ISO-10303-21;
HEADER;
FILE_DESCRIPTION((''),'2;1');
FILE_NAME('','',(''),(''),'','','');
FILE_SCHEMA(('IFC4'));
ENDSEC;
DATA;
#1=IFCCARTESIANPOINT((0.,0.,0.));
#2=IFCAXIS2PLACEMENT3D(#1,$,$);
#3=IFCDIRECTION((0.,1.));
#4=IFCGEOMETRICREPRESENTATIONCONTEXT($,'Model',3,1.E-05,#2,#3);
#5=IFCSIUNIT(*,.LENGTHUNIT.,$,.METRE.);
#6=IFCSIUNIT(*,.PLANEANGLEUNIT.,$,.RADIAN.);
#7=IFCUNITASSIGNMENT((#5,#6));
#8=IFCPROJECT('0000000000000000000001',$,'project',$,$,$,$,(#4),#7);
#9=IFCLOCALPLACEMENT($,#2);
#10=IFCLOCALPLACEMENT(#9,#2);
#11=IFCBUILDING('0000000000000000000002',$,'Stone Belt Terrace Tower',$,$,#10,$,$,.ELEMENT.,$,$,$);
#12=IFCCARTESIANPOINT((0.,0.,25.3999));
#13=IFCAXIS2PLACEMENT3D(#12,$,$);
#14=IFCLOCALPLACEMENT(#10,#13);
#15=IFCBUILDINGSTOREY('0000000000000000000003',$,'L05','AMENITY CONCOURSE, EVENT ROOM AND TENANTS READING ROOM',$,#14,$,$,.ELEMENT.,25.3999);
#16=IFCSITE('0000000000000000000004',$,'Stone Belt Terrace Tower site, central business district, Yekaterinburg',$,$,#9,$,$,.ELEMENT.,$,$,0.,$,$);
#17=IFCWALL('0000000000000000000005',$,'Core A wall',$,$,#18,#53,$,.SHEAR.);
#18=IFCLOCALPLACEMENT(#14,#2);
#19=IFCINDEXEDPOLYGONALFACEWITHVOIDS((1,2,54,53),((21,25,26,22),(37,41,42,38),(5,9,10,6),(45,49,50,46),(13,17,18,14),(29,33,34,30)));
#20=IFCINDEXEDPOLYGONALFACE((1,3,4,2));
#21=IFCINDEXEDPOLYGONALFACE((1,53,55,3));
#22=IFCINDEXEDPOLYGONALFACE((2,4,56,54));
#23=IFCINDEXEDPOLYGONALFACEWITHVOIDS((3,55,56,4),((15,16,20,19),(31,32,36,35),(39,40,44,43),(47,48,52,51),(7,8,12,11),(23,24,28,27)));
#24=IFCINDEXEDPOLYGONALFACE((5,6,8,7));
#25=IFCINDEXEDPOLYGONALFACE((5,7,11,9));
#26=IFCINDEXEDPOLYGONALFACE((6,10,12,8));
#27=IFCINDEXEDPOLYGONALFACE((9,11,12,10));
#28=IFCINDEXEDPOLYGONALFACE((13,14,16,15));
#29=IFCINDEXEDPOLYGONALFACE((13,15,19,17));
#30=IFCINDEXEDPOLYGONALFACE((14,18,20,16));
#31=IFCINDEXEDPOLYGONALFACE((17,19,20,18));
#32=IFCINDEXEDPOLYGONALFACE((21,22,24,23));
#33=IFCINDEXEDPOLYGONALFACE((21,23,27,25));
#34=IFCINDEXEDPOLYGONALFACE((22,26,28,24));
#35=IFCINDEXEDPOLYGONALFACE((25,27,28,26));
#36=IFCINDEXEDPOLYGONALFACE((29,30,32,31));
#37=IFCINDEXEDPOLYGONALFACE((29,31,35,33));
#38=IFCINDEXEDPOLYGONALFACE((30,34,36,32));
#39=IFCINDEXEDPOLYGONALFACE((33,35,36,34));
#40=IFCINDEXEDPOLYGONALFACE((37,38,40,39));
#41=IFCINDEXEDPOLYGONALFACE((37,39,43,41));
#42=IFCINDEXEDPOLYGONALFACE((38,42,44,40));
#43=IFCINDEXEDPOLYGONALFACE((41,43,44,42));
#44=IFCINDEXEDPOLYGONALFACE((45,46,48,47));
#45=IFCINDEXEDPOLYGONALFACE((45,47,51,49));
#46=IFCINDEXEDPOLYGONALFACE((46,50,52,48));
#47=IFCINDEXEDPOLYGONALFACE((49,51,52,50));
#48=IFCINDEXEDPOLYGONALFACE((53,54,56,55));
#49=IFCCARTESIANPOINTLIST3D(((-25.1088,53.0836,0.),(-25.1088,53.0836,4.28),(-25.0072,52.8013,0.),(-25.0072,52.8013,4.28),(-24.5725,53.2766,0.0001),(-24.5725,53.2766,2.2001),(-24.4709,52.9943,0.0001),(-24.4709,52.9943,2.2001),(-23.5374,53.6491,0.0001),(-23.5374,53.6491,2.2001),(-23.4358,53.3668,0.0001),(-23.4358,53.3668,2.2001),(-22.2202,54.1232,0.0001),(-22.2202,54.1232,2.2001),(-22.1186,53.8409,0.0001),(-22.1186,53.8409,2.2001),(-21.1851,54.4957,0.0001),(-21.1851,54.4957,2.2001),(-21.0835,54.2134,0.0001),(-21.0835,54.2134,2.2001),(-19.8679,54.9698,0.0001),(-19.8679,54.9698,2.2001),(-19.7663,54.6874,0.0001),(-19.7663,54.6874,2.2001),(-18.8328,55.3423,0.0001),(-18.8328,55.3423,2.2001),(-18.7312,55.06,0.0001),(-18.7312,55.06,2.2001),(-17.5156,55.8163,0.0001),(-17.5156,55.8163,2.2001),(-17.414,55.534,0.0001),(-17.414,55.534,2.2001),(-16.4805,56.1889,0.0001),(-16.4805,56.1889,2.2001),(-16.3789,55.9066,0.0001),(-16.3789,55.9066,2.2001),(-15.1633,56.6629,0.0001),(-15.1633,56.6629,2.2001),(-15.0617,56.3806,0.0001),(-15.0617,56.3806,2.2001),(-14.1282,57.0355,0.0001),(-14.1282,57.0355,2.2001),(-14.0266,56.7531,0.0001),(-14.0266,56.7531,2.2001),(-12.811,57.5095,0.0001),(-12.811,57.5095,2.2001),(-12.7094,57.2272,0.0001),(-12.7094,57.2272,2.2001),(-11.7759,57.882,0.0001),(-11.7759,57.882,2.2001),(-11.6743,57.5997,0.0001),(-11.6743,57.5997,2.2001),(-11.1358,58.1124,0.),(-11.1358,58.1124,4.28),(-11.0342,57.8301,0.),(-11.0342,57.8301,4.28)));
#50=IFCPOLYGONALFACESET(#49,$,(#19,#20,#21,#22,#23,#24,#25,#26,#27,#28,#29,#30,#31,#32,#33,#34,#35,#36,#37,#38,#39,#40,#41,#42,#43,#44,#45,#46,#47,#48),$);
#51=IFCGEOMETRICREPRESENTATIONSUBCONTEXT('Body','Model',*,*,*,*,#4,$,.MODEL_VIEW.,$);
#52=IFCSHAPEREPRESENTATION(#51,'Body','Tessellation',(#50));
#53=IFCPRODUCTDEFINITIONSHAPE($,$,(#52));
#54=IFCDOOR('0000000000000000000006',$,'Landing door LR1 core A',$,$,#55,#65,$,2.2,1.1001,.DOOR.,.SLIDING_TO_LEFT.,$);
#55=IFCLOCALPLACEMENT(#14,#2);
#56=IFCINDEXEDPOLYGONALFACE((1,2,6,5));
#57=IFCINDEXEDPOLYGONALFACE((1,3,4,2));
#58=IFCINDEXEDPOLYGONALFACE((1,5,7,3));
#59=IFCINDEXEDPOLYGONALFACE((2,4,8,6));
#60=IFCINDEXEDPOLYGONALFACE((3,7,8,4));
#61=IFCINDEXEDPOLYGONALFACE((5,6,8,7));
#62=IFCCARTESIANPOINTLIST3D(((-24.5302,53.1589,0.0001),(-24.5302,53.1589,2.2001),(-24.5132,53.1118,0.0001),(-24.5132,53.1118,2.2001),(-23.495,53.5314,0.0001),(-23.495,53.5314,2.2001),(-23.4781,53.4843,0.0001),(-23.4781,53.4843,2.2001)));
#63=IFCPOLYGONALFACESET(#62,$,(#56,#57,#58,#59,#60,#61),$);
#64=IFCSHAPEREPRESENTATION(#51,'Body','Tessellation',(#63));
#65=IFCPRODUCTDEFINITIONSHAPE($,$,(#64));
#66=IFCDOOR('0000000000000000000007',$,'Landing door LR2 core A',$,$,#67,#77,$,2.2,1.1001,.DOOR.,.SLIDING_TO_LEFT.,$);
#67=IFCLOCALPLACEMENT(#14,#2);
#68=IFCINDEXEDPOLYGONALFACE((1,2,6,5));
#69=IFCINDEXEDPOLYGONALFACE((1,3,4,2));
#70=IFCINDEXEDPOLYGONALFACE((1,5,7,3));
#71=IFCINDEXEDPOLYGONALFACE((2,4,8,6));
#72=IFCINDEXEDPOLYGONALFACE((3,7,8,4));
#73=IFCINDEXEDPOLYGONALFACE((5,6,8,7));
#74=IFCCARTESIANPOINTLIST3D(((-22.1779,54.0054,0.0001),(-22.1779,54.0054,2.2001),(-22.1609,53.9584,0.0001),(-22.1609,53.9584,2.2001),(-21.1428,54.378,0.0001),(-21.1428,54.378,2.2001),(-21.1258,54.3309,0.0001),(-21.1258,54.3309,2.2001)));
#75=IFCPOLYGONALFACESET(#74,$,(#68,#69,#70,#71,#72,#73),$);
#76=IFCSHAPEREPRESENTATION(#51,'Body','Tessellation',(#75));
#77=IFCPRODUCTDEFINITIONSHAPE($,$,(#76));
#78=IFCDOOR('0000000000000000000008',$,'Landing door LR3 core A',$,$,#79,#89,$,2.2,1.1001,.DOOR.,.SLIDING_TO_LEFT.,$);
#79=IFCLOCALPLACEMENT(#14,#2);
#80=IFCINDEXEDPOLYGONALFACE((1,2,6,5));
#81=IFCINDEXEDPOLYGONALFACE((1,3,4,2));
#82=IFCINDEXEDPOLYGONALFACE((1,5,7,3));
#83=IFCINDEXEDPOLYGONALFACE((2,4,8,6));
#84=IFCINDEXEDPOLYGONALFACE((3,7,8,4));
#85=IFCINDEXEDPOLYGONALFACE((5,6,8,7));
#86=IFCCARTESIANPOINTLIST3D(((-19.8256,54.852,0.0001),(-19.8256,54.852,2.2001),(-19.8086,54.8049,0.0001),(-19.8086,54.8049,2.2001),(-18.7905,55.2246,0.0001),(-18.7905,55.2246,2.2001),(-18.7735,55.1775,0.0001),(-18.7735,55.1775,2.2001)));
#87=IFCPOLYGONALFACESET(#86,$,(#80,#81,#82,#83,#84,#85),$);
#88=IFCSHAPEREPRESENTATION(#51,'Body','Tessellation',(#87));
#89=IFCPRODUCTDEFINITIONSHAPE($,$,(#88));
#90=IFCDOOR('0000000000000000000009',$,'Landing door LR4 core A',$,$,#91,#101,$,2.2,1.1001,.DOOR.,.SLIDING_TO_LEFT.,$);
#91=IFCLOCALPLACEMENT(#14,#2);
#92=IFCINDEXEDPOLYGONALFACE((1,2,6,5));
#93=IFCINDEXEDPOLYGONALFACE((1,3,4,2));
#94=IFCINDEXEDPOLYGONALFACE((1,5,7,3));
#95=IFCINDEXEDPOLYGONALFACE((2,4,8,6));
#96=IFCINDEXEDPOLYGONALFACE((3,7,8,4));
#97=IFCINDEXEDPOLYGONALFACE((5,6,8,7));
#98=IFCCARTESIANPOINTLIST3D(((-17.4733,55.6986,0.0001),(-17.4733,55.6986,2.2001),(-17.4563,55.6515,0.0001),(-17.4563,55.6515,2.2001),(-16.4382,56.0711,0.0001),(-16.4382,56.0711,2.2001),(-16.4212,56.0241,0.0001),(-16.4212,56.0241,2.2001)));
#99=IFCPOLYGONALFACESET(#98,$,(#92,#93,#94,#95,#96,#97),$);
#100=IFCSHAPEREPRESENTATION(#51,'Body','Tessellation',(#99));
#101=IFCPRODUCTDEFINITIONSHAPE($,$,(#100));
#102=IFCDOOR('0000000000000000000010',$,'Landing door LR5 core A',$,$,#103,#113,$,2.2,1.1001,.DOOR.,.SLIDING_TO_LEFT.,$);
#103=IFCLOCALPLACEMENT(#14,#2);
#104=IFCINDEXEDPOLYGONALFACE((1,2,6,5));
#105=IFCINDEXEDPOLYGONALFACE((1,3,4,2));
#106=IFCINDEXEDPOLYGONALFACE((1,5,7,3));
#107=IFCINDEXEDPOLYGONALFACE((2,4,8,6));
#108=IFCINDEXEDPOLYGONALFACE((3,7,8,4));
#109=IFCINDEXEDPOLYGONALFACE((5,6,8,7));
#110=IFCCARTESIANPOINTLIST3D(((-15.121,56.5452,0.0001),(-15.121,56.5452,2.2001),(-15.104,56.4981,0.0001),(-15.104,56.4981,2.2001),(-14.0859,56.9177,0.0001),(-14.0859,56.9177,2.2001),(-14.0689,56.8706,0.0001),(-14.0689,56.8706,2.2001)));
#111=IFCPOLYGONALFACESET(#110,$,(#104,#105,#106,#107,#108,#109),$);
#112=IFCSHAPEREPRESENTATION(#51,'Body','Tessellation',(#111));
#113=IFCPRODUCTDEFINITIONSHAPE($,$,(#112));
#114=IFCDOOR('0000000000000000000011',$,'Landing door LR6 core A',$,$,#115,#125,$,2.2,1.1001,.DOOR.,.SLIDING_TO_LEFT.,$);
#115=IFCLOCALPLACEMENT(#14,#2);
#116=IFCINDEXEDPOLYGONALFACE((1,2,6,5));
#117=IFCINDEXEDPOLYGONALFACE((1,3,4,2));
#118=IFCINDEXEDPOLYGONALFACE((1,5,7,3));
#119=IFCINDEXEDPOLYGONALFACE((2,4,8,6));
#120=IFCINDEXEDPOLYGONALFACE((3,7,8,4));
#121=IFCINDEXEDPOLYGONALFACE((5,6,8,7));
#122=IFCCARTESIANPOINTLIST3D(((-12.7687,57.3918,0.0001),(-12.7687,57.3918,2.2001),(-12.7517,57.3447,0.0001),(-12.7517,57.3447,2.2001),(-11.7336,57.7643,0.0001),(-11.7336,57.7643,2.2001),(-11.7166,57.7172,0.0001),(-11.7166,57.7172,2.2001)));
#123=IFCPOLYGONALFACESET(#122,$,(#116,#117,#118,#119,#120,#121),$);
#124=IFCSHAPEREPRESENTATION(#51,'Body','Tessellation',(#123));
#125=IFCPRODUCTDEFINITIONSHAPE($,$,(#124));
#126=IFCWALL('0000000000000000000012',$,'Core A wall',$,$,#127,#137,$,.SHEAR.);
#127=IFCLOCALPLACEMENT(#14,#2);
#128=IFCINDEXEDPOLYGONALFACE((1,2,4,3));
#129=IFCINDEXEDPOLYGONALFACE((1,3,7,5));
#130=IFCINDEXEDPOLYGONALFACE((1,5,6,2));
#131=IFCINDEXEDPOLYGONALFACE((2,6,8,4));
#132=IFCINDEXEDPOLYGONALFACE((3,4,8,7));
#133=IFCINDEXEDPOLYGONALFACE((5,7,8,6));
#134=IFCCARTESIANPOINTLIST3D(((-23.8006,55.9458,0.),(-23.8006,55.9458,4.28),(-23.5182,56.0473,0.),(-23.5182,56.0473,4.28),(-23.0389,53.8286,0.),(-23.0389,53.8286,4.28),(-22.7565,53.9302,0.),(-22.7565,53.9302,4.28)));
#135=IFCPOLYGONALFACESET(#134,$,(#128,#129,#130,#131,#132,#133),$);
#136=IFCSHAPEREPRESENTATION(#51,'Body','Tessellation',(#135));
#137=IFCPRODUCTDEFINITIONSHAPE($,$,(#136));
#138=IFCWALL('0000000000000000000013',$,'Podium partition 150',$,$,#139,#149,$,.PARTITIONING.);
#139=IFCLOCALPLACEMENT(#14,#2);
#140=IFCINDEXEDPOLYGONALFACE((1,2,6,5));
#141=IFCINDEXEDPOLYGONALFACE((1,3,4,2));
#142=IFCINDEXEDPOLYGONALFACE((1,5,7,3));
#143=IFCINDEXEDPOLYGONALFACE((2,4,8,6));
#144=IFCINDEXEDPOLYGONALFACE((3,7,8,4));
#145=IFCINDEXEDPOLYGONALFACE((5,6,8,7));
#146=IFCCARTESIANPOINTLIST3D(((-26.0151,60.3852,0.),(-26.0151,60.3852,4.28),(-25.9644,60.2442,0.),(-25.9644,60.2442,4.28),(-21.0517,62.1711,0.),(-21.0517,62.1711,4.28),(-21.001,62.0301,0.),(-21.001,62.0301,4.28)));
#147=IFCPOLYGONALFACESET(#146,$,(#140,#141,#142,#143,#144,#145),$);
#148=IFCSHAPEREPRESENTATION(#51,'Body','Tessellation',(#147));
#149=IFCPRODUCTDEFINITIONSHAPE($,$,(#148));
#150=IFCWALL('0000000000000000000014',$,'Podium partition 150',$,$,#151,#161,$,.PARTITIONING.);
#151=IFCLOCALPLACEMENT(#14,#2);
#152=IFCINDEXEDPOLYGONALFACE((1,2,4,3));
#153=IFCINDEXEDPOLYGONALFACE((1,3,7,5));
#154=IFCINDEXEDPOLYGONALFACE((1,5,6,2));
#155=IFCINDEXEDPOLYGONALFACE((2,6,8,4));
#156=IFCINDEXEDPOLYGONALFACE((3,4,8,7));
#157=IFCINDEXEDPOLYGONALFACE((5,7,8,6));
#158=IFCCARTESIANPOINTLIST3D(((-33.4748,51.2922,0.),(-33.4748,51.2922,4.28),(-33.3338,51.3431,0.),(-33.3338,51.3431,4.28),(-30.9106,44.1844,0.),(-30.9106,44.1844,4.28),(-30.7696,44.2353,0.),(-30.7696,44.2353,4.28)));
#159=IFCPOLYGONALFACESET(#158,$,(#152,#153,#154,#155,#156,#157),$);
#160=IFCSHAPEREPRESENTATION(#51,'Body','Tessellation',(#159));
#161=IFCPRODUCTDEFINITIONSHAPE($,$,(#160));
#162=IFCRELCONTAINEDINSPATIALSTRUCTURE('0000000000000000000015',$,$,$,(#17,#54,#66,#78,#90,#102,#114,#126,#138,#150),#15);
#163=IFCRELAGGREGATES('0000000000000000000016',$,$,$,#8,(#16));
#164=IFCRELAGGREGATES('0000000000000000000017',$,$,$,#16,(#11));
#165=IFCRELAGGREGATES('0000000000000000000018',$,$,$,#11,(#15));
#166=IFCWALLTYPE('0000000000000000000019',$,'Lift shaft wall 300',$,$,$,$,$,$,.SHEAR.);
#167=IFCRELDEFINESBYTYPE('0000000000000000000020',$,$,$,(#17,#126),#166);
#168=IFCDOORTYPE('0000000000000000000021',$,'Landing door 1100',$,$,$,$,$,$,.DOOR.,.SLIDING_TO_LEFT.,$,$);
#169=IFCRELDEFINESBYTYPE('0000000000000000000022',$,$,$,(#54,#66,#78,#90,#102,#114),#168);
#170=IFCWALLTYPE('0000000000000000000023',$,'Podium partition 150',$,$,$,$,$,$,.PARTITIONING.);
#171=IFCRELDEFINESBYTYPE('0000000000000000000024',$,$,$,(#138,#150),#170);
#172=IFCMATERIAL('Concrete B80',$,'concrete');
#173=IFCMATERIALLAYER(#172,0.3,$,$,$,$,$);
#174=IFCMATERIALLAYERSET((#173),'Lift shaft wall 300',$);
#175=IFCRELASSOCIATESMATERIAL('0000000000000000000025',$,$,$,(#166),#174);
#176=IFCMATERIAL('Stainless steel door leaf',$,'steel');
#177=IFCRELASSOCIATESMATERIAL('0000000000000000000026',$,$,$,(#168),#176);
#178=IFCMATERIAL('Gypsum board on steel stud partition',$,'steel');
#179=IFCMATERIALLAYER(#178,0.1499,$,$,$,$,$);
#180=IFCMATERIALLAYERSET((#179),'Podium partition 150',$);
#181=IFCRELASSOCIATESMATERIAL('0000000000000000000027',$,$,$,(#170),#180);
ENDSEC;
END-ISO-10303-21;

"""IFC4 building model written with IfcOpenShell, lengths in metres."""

from ifc_helpers import new_model, si_unit, direction, frame, frame_2d, origin, place, context, subcontext, project, spatial, rectangle, extrude, material, layer, layer_set, type_object, element, fill, save


model = new_model("IFC4")

# Units and contexts
model_context = context("Model", 3, precision=1e-05, world=origin(), true_north=direction((0.0, 1.0)))
body_context = subcontext(model_context, "Body", "Model", "MODEL_VIEW")
ifc_project = project(units=[si_unit("LENGTHUNIT", "METRE"), si_unit("PLANEANGLEUNIT", "RADIAN")], contexts=[model_context])

# Site, building, storey
site_placement = place(None, origin())
site = spatial("IfcSite", under=ifc_project, at=site_placement, Name="Stone Belt Terrace Tower site, central business district, Yekaterinburg", CompositionType="ELEMENT", RefElevation=0.0)
building_placement = place(site_placement, origin())
building = spatial("IfcBuilding", under=site, at=building_placement, Name="Stone Belt Terrace Tower", CompositionType="ELEMENT")
storey_placement = place(building_placement, frame((0.0, 0.0, 25.3999)))
storey = spatial("IfcBuildingStorey", under=building, at=storey_placement, Name="L05", Description="AMENITY CONCOURSE, EVENT ROOM AND TENANTS READING ROOM", CompositionType="ELEMENT", Elevation=25.3999)

# Shared definitions
ifc_material_1 = material(Name="Concrete B80", Category="concrete")

# Shared definitions
ifc_layer_1 = layer(ifc_material_1, 0.3)
ifc_layer_set_1 = layer_set([ifc_layer_1], Name="Lift shaft wall 300")
wall_type_1 = type_object("IfcWallType", Name="Lift shaft wall 300", PredefinedType="SHEAR", material=ifc_layer_set_1)

# Wall, openings, doors
wall_1_placement = place(storey_placement, frame((-25.0581, 52.9424, 0.0), z_axis=(0.0, 0.0, 1.0), x_axis=(0.940918, 0.338634, 0.0)))
wall_1 = element("IfcWall", 1, at=wall_1_placement, inside=storey, type_object=wall_type_1, Name="Core A wall", PredefinedType="SHEAR", context=body_context, shape_type="SweptSolid", body=[
    extrude(rectangle(XDim=14.8503, YDim=0.3, at=frame_2d((7.4253, 0.0))), origin(), (0.0, 0.0, 1.0), 4.28),
])
opening_1_placement = place(wall_1_placement, frame((0.5701, 0.0, 0.0)))
opening_1 = element("IfcOpeningElement", 2, at=opening_1_placement, cuts=wall_1, PredefinedType="OPENING", context=body_context, shape_type="SweptSolid", body=[
    extrude(rectangle(XDim=1.1001, YDim=2.2, at=frame_2d((0.55, 1.1001))), frame((0.0, 0.1599, 0.0), z_axis=(0.0, -1.0, 0.0), x_axis=(1.0, 0.0, 0.0)), (0.0, 0.0, 1.0), 0.3201),
])
opening_2_placement = place(wall_1_placement, frame((3.0701, 0.0, 0.0)))
opening_2 = element("IfcOpeningElement", 3, at=opening_2_placement, cuts=wall_1, PredefinedType="OPENING", context=body_context, shape_type="SweptSolid", body=[
    extrude(rectangle(XDim=1.1001, YDim=2.2, at=frame_2d((0.55, 1.1001))), frame((0.0, 0.1599, 0.0), z_axis=(0.0, -1.0, 0.0), x_axis=(1.0, 0.0, 0.0)), (0.0, 0.0, 1.0), 0.3201),
])
opening_3_placement = place(wall_1_placement, frame((5.5701, 0.0, 0.0)))
opening_3 = element("IfcOpeningElement", 4, at=opening_3_placement, cuts=wall_1, PredefinedType="OPENING", context=body_context, shape_type="SweptSolid", body=[
    extrude(rectangle(XDim=1.1001, YDim=2.2, at=frame_2d((0.55, 1.1001))), frame((0.0, 0.1599, 0.0), z_axis=(0.0, -1.0, 0.0), x_axis=(1.0, 0.0, 0.0)), (0.0, 0.0, 1.0), 0.3201),
])
opening_4_placement = place(wall_1_placement, frame((8.0701, 0.0, 0.0)))
opening_4 = element("IfcOpeningElement", 5, at=opening_4_placement, cuts=wall_1, PredefinedType="OPENING", context=body_context, shape_type="SweptSolid", body=[
    extrude(rectangle(XDim=1.1001, YDim=2.2, at=frame_2d((0.55, 1.1001))), frame((0.0, 0.1599, 0.0), z_axis=(0.0, -1.0, 0.0), x_axis=(1.0, 0.0, 0.0)), (0.0, 0.0, 1.0), 0.3201),
])
opening_5_placement = place(wall_1_placement, frame((10.5701, 0.0, 0.0)))
opening_5 = element("IfcOpeningElement", 6, at=opening_5_placement, cuts=wall_1, PredefinedType="OPENING", context=body_context, shape_type="SweptSolid", body=[
    extrude(rectangle(XDim=1.1001, YDim=2.2, at=frame_2d((0.55, 1.1001))), frame((0.0, 0.1599, 0.0), z_axis=(0.0, -1.0, 0.0), x_axis=(1.0, 0.0, 0.0)), (0.0, 0.0, 1.0), 0.3201),
])
opening_6_placement = place(wall_1_placement, frame((13.0701, 0.0, 0.0)))
opening_6 = element("IfcOpeningElement", 7, at=opening_6_placement, cuts=wall_1, PredefinedType="OPENING", context=body_context, shape_type="SweptSolid", body=[
    extrude(rectangle(XDim=1.1001, YDim=2.2, at=frame_2d((0.55, 1.1001))), frame((0.0, 0.1599, 0.0), z_axis=(0.0, -1.0, 0.0), x_axis=(1.0, 0.0, 0.0)), (0.0, 0.0, 1.0), 0.3201),
])
ifc_material_2 = material(Name="Stainless steel door leaf", Category="steel")
door_type = type_object("IfcDoorType", Name="Landing door 1100", OperationType="SLIDING_TO_LEFT", PredefinedType="DOOR", material=ifc_material_2)
door_1_placement = place(opening_1_placement, origin())
door_1 = element("IfcDoor", 8, at=door_1_placement, inside=storey, type_object=door_type, Name="Landing door LR1 core A", OperationType="SLIDING_TO_LEFT", OverallHeight=2.2, OverallWidth=1.1001, PredefinedType="DOOR", context=body_context, shape_type="SweptSolid", body=[
    extrude(rectangle(XDim=1.1001, YDim=2.2, at=frame_2d((0.55, 1.1001))), frame((0.0, 0.0249, 0.0), z_axis=(0.0, -1.0, 0.0), x_axis=(1.0, 0.0, 0.0)), (0.0, 0.0, 1.0), 0.05),
])
fill(opening_1, door_1)
door_2_placement = place(opening_2_placement, origin())
door_2 = element("IfcDoor", 9, at=door_2_placement, inside=storey, type_object=door_type, Name="Landing door LR2 core A", OperationType="SLIDING_TO_LEFT", OverallHeight=2.2, OverallWidth=1.1001, PredefinedType="DOOR", context=body_context, shape_type="SweptSolid", body=[
    extrude(rectangle(XDim=1.1001, YDim=2.2, at=frame_2d((0.55, 1.1001))), frame((0.0, 0.0249, 0.0), z_axis=(0.0, -1.0, 0.0), x_axis=(1.0, 0.0, 0.0)), (0.0, 0.0, 1.0), 0.05),
])
fill(opening_2, door_2)
door_3_placement = place(opening_3_placement, origin())
door_3 = element("IfcDoor", 10, at=door_3_placement, inside=storey, type_object=door_type, Name="Landing door LR3 core A", OperationType="SLIDING_TO_LEFT", OverallHeight=2.2, OverallWidth=1.1001, PredefinedType="DOOR", context=body_context, shape_type="SweptSolid", body=[
    extrude(rectangle(XDim=1.1001, YDim=2.2, at=frame_2d((0.55, 1.1001))), frame((0.0, 0.0249, 0.0), z_axis=(0.0, -1.0, 0.0), x_axis=(1.0, 0.0, 0.0)), (0.0, 0.0, 1.0), 0.05),
])
fill(opening_3, door_3)
door_4_placement = place(opening_4_placement, origin())
door_4 = element("IfcDoor", 11, at=door_4_placement, inside=storey, type_object=door_type, Name="Landing door LR4 core A", OperationType="SLIDING_TO_LEFT", OverallHeight=2.2, OverallWidth=1.1001, PredefinedType="DOOR", context=body_context, shape_type="SweptSolid", body=[
    extrude(rectangle(XDim=1.1001, YDim=2.2, at=frame_2d((0.55, 1.1001))), frame((0.0, 0.0249, 0.0), z_axis=(0.0, -1.0, 0.0), x_axis=(1.0, 0.0, 0.0)), (0.0, 0.0, 1.0), 0.05),
])
fill(opening_4, door_4)
door_5_placement = place(opening_5_placement, origin())
door_5 = element("IfcDoor", 12, at=door_5_placement, inside=storey, type_object=door_type, Name="Landing door LR5 core A", OperationType="SLIDING_TO_LEFT", OverallHeight=2.2, OverallWidth=1.1001, PredefinedType="DOOR", context=body_context, shape_type="SweptSolid", body=[
    extrude(rectangle(XDim=1.1001, YDim=2.2, at=frame_2d((0.55, 1.1001))), frame((0.0, 0.0249, 0.0), z_axis=(0.0, -1.0, 0.0), x_axis=(1.0, 0.0, 0.0)), (0.0, 0.0, 1.0), 0.05),
])
fill(opening_5, door_5)
door_6_placement = place(opening_6_placement, origin())
door_6 = element("IfcDoor", 13, at=door_6_placement, inside=storey, type_object=door_type, Name="Landing door LR6 core A", OperationType="SLIDING_TO_LEFT", OverallHeight=2.2, OverallWidth=1.1001, PredefinedType="DOOR", context=body_context, shape_type="SweptSolid", body=[
    extrude(rectangle(XDim=1.1001, YDim=2.2, at=frame_2d((0.55, 1.1001))), frame((0.0, 0.0249, 0.0), z_axis=(0.0, -1.0, 0.0), x_axis=(1.0, 0.0, 0.0)), (0.0, 0.0, 1.0), 0.05),
])
fill(opening_6, door_6)

# Walls
wall_2_placement = place(storey_placement, frame((-22.8977, 53.8794, 0.0), z_axis=(0.0, 0.0, 1.0), x_axis=(-0.338535, 0.940954, 0.0)))
element("IfcWall", 14, at=wall_2_placement, inside=storey, type_object=wall_type_1, Name="Core A wall", PredefinedType="SHEAR", context=body_context, shape_type="SweptSolid", body=[
    extrude(rectangle(XDim=2.25, YDim=0.3, at=frame_2d((1.125, 0.0))), origin(), (0.0, 0.0, 1.0), 4.28),
])
ifc_material_3 = material(Name="Gypsum board on steel stud partition", Category="steel")
ifc_layer_2 = layer(ifc_material_3, 0.1499)
ifc_layer_set_2 = layer_set([ifc_layer_2], Name="Podium partition 150")
wall_type_2 = type_object("IfcWallType", Name="Podium partition 150", PredefinedType="PARTITIONING", material=ifc_layer_set_2)
wall_3_placement = place(storey_placement, frame((-25.9897, 60.3147, 0.0), z_axis=(0.0, 0.0, 1.0), x_axis=(0.940943, 0.338564, 0.0)))
element("IfcWall", 15, at=wall_3_placement, inside=storey, type_object=wall_type_2, Name="Podium partition 150", PredefinedType="PARTITIONING", context=body_context, shape_type="SweptSolid", body=[
    extrude(rectangle(XDim=5.2749, YDim=0.1499, at=frame_2d((2.6375, 0.0))), origin(), (0.0, 0.0, 1.0), 4.28),
])
wall_4_placement = place(storey_placement, frame((-33.4043, 51.3176, 0.0), z_axis=(0.0, 0.0, 1.0), x_axis=(0.339358, -0.940657, 0.0)))
element("IfcWall", 16, at=wall_4_placement, inside=storey, type_object=wall_type_2, Name="Podium partition 150", PredefinedType="PARTITIONING", context=body_context, shape_type="SweptSolid", body=[
    extrude(rectangle(XDim=7.5562, YDim=0.1499, at=frame_2d((3.7781, 0.0))), origin(), (0.0, 0.0, 1.0), 4.28),
])

save(model, "model.ifc")
